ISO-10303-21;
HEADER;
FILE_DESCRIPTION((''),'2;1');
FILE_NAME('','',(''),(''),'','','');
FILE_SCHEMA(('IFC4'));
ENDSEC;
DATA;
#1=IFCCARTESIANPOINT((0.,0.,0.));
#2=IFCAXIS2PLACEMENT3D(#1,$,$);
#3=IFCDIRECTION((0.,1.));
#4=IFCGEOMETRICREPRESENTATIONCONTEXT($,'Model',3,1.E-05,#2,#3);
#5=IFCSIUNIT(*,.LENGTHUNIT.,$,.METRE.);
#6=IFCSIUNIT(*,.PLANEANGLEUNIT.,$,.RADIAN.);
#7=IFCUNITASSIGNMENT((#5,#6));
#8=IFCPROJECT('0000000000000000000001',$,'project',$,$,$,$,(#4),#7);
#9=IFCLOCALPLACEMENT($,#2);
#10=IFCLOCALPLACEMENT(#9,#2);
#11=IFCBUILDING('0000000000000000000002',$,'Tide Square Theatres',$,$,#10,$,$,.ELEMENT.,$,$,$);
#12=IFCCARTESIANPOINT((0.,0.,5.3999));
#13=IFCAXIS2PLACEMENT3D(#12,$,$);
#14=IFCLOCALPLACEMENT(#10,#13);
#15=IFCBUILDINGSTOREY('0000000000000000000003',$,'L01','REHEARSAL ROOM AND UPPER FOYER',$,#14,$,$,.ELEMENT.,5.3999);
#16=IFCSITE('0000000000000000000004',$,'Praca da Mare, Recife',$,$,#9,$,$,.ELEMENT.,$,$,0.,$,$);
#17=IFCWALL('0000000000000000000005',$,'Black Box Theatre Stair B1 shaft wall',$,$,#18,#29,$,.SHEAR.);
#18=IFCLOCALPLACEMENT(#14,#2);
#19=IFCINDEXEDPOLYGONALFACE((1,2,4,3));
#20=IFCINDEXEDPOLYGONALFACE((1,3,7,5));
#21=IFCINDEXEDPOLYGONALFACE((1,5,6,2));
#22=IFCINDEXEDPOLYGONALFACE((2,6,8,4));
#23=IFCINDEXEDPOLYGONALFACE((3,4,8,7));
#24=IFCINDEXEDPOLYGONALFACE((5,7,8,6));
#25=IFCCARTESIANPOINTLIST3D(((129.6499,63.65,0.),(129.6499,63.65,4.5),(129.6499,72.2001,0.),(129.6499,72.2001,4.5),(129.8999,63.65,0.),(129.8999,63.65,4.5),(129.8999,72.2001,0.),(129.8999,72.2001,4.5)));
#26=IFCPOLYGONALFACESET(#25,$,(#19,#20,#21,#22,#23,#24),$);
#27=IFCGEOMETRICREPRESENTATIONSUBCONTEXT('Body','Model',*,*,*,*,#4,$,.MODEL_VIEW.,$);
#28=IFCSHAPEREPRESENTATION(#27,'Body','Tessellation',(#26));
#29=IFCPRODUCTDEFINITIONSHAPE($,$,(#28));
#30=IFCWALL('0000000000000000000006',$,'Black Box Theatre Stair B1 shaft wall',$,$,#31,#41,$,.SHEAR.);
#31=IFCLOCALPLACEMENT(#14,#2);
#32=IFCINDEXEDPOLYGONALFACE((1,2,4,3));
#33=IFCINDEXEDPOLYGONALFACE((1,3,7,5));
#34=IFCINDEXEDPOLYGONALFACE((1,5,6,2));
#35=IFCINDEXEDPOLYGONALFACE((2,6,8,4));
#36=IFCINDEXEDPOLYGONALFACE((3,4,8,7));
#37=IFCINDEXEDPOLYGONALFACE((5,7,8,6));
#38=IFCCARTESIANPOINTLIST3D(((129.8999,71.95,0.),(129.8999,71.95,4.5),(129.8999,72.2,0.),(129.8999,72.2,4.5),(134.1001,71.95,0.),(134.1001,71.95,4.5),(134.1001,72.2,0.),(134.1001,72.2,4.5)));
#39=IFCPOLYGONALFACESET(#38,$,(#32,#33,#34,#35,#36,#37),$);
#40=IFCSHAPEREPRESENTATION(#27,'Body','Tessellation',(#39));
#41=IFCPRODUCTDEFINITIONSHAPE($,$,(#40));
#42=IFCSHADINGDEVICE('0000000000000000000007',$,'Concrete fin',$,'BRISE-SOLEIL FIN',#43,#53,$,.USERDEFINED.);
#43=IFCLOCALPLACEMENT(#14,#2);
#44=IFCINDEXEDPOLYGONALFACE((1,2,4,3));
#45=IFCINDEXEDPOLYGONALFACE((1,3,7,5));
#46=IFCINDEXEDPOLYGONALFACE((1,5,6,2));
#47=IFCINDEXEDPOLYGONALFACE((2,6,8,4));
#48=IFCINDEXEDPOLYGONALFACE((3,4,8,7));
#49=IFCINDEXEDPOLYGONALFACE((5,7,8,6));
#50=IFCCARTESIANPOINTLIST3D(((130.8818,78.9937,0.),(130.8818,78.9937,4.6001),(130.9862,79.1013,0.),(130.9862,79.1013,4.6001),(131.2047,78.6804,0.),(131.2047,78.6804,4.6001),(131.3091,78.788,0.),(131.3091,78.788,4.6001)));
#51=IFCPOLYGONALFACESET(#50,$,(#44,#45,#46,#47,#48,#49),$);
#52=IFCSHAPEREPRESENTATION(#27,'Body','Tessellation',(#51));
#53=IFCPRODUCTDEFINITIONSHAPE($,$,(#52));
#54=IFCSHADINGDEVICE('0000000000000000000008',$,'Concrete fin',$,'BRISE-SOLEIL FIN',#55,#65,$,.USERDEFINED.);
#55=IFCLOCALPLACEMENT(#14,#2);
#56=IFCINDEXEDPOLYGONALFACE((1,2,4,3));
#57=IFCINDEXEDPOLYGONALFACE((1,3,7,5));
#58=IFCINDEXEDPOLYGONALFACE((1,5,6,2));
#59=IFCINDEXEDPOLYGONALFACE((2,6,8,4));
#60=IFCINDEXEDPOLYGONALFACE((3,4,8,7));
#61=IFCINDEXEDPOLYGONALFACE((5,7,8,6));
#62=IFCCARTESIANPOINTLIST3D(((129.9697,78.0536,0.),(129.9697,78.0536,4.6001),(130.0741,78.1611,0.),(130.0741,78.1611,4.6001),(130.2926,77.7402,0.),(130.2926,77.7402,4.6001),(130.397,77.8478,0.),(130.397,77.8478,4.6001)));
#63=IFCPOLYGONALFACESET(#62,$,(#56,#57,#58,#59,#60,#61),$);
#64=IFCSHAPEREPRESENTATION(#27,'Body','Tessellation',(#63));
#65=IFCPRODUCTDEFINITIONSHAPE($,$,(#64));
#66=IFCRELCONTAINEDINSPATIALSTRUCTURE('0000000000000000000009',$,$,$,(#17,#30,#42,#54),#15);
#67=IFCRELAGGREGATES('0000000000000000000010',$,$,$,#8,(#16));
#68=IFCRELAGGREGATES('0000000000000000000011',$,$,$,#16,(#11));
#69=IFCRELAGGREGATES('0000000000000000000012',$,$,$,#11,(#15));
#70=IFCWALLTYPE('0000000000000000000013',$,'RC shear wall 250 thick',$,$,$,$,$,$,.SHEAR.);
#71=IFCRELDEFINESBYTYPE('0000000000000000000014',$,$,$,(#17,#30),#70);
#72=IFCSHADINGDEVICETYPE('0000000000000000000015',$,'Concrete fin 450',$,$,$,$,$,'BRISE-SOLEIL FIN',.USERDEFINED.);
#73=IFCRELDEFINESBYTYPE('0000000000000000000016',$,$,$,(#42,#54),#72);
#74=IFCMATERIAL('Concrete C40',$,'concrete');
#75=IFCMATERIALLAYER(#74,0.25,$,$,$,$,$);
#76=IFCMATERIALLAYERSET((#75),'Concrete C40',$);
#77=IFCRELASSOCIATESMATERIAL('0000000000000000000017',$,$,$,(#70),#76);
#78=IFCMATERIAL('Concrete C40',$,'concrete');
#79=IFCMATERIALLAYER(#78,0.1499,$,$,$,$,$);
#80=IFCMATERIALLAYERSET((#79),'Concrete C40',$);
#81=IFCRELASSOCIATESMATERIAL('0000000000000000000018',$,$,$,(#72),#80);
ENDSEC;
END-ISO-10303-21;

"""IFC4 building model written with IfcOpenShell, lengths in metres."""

from ifc_helpers import new_model, si_unit, direction, frame, frame_2d, origin, origin_2d, place, context, subcontext, project, spatial, rectangle, extrude, material, layer, layer_set, type_object, element, save


model = new_model("IFC4")

# Units and contexts
model_context = context("Model", 3, precision=1e-05, world=origin(), true_north=direction((0.0, 1.0)))
body_context = subcontext(model_context, "Body", "Model", "MODEL_VIEW")
ifc_project = project(units=[si_unit("LENGTHUNIT", "METRE"), si_unit("PLANEANGLEUNIT", "RADIAN")], contexts=[model_context])

# Site, building, storey
site_placement = place(None, origin())
site = spatial("IfcSite", under=ifc_project, at=site_placement, Name="Praca da Mare, Recife", CompositionType="ELEMENT", RefElevation=0.0)
building_placement = place(site_placement, origin())
building = spatial("IfcBuilding", under=site, at=building_placement, Name="Tide Square Theatres", CompositionType="ELEMENT")
storey_placement = place(building_placement, frame((0.0, 0.0, 5.3999)))
storey = spatial("IfcBuildingStorey", under=building, at=storey_placement, Name="L01", Description="REHEARSAL ROOM AND UPPER FOYER", CompositionType="ELEMENT", Elevation=5.3999)

# Walls
ifc_material_1 = material(Name="Concrete C40", Category="concrete")
ifc_layer_1 = layer(ifc_material_1, 0.25)
ifc_layer_set_1 = layer_set([ifc_layer_1], Name="Concrete C40")
wall_type_1 = type_object("IfcWallType", Name="RC shear wall 250 thick", PredefinedType="SHEAR", material=ifc_layer_set_1)
wall_1_placement = place(storey_placement, frame((129.7749, 72.2, 0.0), z_axis=(0.0, 0.0, 1.0), x_axis=(0.0, -1.0, 0.0)))
element("IfcWall", 1, at=wall_1_placement, inside=storey, type_object=wall_type_1, Name="Black Box Theatre Stair B1 shaft wall", PredefinedType="SHEAR", context=body_context, shape_type="SweptSolid", body=[
    extrude(rectangle(XDim=8.55, YDim=0.25, at=frame_2d((4.2749, 0.0))), origin(), (0.0, 0.0, 1.0), 4.5),
])
wall_2_placement = place(storey_placement, frame((129.8999, 72.075, 0.0), z_axis=(0.0, 0.0, 1.0), x_axis=(1.0, 0.0, 0.0)))
element("IfcWall", 2, at=wall_2_placement, inside=storey, type_object=wall_type_1, Name="Black Box Theatre Stair B1 shaft wall", PredefinedType="SHEAR", context=body_context, shape_type="SweptSolid", body=[
    extrude(rectangle(XDim=4.2002, YDim=0.25, at=frame_2d((2.1001, 0.0))), origin(), (0.0, 0.0, 1.0), 4.5),
])

# Shading devices
ifc_material_2 = material(Name="Concrete C40", Category="concrete")
ifc_layer_2 = layer(ifc_material_2, 0.1499)
ifc_layer_set_2 = layer_set([ifc_layer_2], Name="Concrete C40")
shading_device_type = type_object("IfcShadingDeviceType", Name="Concrete fin 450", ElementType="BRISE-SOLEIL FIN", PredefinedType="USERDEFINED", material=ifc_layer_set_2)
for number, where, z_axis, x_axis, name in (
    (3, (131.0955, 78.8909, 0.0), (0.0, 0.0, 1.0), (-0.696351, -0.717701, 0.0), "Concrete fin"),
    (4, (130.1833, 77.9507, 0.0), (0.0, 0.0, 1.0), (-0.696351, -0.717701, 0.0), "Concrete fin"),
):
    element("IfcShadingDevice", number, at=place(storey_placement, frame(where, z_axis=z_axis, x_axis=x_axis)), inside=storey, type_object=shading_device_type, Name=name, ObjectType="BRISE-SOLEIL FIN", PredefinedType="USERDEFINED", context=body_context, shape_type="SweptSolid", body=[
        extrude(rectangle(XDim=0.1499, YDim=0.45, at=origin_2d()), origin(), (0.0, 0.0, 1.0), 4.6001),
    ])

save(model, "model.ifc")
